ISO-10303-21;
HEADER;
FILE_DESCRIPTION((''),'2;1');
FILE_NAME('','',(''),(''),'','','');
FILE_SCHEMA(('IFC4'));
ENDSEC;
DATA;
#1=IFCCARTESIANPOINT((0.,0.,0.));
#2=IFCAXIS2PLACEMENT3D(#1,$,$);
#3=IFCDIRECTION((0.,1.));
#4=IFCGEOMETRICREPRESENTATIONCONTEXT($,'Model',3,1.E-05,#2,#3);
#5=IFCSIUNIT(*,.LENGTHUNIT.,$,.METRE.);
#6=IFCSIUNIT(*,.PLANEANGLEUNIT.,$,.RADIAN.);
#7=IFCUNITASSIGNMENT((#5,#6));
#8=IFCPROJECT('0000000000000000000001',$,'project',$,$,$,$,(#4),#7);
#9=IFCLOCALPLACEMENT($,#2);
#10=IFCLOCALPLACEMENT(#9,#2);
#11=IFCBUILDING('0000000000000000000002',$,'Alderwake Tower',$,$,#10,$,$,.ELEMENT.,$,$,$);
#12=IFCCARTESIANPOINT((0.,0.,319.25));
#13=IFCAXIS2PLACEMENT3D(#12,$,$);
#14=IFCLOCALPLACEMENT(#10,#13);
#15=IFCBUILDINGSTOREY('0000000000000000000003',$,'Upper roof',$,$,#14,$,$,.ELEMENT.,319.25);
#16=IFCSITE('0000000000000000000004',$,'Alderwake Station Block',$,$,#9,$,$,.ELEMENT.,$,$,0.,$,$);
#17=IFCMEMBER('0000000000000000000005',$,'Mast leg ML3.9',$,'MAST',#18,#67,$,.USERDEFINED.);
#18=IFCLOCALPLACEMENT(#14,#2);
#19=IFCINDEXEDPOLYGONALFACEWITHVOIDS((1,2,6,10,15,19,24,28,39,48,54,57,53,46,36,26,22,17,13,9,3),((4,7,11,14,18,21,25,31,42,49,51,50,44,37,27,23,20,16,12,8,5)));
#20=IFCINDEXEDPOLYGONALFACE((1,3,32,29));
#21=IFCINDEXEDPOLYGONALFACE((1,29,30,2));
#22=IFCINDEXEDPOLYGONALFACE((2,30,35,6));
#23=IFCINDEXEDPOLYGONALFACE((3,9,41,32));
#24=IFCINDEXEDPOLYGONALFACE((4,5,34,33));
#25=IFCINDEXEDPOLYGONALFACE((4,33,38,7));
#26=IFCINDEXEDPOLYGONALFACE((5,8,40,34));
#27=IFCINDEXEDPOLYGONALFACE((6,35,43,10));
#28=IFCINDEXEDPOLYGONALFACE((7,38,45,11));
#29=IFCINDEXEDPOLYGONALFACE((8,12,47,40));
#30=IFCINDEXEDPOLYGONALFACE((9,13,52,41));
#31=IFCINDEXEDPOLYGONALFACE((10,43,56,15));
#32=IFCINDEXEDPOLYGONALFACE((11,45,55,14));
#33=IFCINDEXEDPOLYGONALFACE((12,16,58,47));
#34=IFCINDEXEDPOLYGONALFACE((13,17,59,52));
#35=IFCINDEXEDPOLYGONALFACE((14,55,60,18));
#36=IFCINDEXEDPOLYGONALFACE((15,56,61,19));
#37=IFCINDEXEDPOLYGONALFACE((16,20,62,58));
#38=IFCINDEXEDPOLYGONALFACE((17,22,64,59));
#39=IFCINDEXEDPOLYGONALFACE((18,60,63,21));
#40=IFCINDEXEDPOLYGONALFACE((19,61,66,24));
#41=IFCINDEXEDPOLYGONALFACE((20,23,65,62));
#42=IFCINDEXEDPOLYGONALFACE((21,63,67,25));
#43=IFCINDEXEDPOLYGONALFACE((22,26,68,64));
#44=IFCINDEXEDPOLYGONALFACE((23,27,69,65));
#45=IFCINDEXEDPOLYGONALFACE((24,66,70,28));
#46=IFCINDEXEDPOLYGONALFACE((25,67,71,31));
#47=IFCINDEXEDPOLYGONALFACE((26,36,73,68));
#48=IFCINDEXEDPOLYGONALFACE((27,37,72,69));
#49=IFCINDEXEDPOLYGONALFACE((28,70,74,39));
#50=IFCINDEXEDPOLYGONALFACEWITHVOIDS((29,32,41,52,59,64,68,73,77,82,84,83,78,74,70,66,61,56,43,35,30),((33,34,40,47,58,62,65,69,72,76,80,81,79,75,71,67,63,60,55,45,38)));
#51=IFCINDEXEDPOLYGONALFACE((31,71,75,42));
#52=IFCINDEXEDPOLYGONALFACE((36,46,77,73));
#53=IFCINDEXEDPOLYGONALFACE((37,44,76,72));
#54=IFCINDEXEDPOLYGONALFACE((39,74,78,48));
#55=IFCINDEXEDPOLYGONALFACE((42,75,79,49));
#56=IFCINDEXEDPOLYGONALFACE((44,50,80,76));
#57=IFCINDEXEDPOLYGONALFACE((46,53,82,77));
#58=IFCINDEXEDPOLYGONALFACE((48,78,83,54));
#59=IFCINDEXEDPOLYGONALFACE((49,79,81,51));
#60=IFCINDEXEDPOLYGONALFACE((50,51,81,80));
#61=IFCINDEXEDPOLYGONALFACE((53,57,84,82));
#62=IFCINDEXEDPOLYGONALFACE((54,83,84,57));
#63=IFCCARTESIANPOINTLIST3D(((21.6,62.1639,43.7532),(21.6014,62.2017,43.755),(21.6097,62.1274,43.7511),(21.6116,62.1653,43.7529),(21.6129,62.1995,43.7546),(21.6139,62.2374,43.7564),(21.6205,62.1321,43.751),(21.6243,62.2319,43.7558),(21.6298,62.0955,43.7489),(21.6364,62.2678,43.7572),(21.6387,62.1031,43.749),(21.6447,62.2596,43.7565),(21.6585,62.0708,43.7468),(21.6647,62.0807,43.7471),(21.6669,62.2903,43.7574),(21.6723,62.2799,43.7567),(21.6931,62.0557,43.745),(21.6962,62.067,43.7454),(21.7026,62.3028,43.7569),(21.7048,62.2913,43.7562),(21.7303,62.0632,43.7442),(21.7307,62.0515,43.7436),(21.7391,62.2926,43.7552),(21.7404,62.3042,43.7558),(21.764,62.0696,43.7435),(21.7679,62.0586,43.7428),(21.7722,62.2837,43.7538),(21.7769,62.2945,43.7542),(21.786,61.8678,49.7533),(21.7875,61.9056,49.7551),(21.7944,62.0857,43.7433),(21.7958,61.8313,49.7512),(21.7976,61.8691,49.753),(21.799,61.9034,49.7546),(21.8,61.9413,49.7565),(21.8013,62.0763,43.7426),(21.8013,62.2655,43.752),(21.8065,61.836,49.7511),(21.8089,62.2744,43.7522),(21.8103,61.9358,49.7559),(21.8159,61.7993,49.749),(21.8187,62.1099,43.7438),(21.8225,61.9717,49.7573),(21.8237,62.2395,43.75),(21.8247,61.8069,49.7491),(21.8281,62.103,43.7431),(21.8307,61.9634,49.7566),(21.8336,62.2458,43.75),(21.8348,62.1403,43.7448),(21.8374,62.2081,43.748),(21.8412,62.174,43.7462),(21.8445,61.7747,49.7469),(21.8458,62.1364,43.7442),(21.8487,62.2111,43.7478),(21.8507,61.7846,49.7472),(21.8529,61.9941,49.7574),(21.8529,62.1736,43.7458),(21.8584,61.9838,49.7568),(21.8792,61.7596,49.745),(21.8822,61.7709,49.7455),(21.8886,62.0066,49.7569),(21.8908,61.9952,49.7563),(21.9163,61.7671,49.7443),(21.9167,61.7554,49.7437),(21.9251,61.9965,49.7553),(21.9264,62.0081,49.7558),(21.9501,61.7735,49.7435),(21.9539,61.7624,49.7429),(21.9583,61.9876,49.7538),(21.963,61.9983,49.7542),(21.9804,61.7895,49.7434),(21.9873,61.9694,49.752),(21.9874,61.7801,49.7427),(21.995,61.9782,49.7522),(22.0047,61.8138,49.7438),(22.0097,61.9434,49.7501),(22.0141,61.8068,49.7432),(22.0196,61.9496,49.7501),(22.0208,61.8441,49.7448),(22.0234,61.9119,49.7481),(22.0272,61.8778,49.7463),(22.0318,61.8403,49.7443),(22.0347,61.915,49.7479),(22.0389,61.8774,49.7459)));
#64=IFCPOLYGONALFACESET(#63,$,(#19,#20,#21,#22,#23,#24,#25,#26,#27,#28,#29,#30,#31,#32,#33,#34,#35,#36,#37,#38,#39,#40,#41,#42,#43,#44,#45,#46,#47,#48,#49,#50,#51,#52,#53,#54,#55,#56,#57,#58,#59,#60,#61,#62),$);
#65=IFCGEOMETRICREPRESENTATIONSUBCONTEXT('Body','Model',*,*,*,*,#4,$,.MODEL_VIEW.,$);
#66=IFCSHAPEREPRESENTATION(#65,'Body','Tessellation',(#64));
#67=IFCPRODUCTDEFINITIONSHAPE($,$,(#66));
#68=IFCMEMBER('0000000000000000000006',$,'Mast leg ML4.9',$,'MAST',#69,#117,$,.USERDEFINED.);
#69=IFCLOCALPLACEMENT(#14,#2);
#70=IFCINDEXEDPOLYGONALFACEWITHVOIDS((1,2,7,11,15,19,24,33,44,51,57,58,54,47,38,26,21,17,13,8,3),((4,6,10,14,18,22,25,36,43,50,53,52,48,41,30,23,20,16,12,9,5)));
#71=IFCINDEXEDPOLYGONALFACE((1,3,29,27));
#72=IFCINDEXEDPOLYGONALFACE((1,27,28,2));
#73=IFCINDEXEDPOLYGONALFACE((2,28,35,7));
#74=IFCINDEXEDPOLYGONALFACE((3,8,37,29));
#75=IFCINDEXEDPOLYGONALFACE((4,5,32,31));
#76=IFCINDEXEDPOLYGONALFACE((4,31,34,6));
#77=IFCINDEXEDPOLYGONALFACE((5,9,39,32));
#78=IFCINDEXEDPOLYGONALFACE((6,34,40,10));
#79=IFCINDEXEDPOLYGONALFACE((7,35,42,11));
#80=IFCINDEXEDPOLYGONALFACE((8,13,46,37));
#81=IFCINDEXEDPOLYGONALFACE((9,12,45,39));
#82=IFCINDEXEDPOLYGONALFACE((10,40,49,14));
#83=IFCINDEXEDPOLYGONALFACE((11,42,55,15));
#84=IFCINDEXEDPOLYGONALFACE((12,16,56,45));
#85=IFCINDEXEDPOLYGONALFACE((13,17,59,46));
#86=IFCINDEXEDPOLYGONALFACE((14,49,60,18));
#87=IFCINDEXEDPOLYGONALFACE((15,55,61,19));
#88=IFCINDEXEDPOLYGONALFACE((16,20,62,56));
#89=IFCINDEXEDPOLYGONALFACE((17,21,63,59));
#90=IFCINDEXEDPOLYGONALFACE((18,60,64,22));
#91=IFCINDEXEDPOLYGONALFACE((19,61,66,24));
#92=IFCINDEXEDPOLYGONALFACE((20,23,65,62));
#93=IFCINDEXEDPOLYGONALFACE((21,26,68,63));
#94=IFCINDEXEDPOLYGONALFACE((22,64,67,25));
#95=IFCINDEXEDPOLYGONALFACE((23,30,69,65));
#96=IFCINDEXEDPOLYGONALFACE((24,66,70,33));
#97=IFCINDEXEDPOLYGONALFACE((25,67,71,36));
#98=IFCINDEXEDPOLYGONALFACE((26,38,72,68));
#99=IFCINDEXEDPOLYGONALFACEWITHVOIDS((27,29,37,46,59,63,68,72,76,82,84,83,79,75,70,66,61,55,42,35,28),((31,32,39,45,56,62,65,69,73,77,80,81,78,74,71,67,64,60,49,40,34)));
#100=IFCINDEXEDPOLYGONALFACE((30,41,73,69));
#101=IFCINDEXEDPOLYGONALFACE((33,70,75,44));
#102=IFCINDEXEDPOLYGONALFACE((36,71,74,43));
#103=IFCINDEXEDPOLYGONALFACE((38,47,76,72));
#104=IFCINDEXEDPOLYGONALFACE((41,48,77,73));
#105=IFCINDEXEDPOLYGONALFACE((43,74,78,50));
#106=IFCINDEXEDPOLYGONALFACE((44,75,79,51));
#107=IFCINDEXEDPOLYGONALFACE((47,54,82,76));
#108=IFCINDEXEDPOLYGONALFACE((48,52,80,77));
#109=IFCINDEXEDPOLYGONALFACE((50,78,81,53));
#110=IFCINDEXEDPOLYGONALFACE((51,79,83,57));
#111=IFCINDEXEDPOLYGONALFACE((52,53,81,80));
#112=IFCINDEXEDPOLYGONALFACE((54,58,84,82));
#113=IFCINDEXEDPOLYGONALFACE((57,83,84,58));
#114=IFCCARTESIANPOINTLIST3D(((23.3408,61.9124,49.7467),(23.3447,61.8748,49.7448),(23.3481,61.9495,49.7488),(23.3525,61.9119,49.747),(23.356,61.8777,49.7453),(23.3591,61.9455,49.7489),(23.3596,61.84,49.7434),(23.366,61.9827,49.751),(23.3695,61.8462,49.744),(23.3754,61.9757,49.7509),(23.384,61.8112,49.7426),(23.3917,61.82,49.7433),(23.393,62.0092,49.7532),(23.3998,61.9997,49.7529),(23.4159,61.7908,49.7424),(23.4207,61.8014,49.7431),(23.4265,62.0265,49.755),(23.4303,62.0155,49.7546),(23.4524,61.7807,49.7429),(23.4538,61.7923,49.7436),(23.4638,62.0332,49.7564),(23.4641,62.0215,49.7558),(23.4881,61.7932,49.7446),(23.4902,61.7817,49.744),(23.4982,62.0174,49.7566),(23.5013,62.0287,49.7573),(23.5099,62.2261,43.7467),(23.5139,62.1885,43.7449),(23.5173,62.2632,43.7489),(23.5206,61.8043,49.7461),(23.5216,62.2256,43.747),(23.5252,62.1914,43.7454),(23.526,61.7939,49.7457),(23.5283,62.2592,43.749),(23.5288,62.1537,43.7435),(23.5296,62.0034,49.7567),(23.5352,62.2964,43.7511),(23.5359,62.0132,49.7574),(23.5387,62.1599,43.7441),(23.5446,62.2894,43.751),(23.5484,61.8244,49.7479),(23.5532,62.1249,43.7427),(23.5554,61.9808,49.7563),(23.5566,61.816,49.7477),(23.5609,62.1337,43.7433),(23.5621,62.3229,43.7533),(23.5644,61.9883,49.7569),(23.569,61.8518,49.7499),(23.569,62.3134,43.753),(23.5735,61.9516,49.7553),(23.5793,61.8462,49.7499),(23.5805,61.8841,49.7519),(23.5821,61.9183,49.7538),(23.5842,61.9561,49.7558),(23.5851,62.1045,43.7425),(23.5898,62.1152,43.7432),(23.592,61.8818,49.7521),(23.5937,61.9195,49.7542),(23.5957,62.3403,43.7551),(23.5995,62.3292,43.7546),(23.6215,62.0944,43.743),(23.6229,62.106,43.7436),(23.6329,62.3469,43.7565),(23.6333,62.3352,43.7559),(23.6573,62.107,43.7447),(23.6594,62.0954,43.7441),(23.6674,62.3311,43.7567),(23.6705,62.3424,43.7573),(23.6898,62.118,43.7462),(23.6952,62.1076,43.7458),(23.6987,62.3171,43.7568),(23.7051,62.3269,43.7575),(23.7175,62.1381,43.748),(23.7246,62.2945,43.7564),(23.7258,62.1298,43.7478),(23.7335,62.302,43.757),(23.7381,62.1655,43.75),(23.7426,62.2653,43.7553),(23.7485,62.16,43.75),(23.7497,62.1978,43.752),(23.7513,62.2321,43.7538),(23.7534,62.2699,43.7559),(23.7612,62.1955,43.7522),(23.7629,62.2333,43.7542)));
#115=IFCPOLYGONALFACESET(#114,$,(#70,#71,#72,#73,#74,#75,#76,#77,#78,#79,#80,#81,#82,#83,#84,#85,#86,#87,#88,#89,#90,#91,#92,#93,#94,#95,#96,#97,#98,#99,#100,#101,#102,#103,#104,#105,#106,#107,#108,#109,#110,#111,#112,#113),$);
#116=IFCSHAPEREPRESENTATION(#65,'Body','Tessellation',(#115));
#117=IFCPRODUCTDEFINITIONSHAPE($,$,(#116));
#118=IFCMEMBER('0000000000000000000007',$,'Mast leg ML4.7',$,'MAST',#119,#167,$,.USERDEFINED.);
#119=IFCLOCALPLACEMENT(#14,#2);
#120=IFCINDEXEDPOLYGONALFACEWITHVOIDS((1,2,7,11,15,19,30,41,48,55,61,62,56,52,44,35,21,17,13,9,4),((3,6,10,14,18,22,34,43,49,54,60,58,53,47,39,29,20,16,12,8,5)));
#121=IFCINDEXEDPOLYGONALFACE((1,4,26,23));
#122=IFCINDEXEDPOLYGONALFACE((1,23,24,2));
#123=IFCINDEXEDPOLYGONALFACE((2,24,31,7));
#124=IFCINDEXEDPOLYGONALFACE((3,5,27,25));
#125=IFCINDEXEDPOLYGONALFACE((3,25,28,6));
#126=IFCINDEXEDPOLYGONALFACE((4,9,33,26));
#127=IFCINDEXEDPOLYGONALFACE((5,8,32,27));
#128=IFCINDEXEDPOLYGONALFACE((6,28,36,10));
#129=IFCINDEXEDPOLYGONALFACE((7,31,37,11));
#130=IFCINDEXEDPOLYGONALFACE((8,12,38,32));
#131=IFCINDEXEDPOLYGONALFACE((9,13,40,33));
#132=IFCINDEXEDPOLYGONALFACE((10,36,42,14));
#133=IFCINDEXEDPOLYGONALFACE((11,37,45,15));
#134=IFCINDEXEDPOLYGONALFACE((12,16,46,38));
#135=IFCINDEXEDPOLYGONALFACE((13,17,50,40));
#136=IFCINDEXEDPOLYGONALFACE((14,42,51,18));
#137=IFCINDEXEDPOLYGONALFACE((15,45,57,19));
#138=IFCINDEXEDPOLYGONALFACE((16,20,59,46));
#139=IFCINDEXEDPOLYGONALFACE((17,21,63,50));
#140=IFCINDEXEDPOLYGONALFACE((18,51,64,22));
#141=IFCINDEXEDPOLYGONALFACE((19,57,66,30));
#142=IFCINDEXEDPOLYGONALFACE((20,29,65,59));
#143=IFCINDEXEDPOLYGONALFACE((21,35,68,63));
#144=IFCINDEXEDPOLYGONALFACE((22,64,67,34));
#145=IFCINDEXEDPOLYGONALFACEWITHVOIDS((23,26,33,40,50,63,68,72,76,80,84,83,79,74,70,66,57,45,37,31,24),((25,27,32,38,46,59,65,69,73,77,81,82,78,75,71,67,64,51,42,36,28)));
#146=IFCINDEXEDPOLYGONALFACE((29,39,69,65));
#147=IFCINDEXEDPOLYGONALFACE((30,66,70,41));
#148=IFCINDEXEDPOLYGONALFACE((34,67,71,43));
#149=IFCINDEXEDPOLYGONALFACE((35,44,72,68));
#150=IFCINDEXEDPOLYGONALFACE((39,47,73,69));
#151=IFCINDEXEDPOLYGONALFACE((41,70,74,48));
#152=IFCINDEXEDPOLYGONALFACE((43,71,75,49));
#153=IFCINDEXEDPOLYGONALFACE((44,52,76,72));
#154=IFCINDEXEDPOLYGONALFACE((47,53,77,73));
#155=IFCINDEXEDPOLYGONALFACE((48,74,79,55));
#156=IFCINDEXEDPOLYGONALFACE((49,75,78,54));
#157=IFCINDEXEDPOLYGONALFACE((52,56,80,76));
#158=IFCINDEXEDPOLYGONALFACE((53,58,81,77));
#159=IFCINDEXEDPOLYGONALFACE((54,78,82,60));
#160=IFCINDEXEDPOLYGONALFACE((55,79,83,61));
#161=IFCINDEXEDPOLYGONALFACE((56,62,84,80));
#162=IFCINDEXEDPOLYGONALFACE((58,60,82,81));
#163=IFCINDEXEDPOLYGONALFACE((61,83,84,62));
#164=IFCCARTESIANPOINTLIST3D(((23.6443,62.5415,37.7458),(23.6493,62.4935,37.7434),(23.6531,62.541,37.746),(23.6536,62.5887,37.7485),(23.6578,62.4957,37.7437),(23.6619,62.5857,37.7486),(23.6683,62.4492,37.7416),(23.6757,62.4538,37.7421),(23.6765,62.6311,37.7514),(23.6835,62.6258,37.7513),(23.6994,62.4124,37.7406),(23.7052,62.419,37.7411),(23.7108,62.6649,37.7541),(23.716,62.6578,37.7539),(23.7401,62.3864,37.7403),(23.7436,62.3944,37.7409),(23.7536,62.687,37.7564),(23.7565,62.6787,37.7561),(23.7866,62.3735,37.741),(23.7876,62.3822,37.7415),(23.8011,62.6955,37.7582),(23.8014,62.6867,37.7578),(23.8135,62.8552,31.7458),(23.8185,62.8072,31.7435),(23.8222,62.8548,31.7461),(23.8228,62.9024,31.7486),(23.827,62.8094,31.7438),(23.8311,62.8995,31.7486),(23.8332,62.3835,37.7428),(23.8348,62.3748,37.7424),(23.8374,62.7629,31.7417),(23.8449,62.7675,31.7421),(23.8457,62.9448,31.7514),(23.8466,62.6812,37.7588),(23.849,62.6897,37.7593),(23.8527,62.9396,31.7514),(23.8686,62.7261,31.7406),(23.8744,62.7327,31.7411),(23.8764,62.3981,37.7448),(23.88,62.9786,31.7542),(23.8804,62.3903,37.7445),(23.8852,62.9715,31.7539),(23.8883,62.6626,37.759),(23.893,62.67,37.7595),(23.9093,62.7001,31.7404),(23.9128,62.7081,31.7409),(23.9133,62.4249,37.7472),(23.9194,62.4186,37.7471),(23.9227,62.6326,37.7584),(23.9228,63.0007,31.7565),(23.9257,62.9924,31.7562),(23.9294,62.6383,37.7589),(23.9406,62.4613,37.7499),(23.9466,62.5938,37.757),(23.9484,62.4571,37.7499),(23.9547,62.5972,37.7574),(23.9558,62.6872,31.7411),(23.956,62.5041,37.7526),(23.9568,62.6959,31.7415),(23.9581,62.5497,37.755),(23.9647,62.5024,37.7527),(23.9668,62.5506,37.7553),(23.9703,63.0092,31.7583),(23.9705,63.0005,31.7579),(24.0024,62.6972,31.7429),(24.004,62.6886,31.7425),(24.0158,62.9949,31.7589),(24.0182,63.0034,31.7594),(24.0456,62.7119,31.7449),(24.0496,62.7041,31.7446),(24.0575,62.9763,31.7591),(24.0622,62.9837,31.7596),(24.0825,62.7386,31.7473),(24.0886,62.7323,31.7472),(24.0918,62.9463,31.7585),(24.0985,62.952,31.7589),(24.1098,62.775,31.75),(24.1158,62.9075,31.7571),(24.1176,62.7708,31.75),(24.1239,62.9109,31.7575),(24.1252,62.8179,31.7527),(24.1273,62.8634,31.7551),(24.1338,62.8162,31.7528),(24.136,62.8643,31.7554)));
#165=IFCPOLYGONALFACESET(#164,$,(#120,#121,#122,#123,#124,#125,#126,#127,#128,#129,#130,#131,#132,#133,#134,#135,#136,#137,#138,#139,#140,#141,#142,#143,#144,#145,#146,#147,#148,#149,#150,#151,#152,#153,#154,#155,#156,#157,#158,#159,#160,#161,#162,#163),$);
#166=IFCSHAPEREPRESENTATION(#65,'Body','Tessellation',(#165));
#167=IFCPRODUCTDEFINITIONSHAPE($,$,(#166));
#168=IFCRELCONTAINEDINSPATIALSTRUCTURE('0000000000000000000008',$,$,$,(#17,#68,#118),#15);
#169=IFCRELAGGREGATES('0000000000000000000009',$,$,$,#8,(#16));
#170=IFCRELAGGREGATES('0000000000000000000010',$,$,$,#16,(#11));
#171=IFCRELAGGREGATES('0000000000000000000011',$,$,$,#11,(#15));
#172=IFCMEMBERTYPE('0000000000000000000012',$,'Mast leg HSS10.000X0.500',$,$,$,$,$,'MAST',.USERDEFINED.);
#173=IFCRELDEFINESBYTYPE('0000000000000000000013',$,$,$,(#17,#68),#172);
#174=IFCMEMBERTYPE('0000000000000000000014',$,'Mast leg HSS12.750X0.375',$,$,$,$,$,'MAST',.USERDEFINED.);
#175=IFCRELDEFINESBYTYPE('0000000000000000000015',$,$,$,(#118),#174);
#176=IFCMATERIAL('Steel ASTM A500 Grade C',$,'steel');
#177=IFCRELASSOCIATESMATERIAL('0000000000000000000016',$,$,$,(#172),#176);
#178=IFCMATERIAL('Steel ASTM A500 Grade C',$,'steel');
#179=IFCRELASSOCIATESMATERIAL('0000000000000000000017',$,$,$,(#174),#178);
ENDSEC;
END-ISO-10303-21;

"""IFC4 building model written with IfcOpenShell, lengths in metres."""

from ifc_helpers import new_model, si_unit, direction, frame, origin, origin_2d, place, context, subcontext, project, spatial, hollow_circle, extrude, material, material_profile, profile_set, type_object, element, save


model = new_model("IFC4")

# Units and contexts
model_context = context("Model", 3, precision=1e-05, world=origin(), true_north=direction((0.0, 1.0)))
body_context = subcontext(model_context, "Body", "Model", "MODEL_VIEW")
ifc_project = project(units=[si_unit("LENGTHUNIT", "METRE"), si_unit("PLANEANGLEUNIT", "RADIAN")], contexts=[model_context])

# Site, building, storey
site_placement = place(None, origin())
site = spatial("IfcSite", under=ifc_project, at=site_placement, Name="Alderwake Station Block", CompositionType="ELEMENT", RefElevation=0.0)
building_placement = place(site_placement, origin())
building = spatial("IfcBuilding", under=site, at=building_placement, Name="Alderwake Tower", CompositionType="ELEMENT")
storey_placement = place(building_placement, frame((0.0, 0.0, 319.25)))
storey = spatial("IfcBuildingStorey", under=building, at=storey_placement, Name="Upper roof", CompositionType="ELEMENT", Elevation=319.25)

# Members
ifc_material_1 = material(Name="Steel ASTM A500 Grade C", Category="steel")
ifc_material_profile_1 = material_profile(ifc_material_1, hollow_circle(Radius=0.127, WallThickness=0.0117, at=origin_2d()), Name="HSS10.000X0.500")
ifc_profile_set_1 = profile_set([ifc_material_profile_1], Name="Steel ASTM A500 Grade C")
member_type_1 = type_object("IfcMemberType", Name="Mast leg HSS10.000X0.500", ElementType="MAST", PredefinedType="USERDEFINED", material=ifc_profile_set_1)
member_1_placement = place(storey_placement, frame((21.7261, 62.1782, 43.75), z_axis=(0.030953, -0.049273, 0.998306), x_axis=(0.84678, 0.531943, 0.0)))
element("IfcMember", 1, at=member_1_placement, inside=storey, type_object=member_type_1, Name="Mast leg ML3.9", ObjectType="MAST", PredefinedType="USERDEFINED", context=body_context, shape_type="SweptSolid", body=[
    extrude(hollow_circle(Radius=0.127, WallThickness=0.0117, at=origin_2d()), origin(), (0.0, 0.0, 1.0), 6.0103),
])
member_2_placement = place(storey_placement, frame((23.6367, 62.2202, 43.75), z_axis=(-0.028149, -0.052195, 0.99824), x_axis=(0.880163, -0.474672, 0.0)))
element("IfcMember", 2, at=member_2_placement, inside=storey, type_object=member_type_1, Name="Mast leg ML4.9", ObjectType="MAST", PredefinedType="USERDEFINED", context=body_context, shape_type="SweptSolid", body=[
    extrude(hollow_circle(Radius=0.127, WallThickness=0.0117, at=origin_2d()), origin(), (0.0, 0.0, 1.0), 6.0105),
])
ifc_material_2 = material(Name="Steel ASTM A500 Grade C", Category="steel")
ifc_material_profile_2 = material_profile(ifc_material_2, hollow_circle(Radius=0.1619, WallThickness=0.0088, at=origin_2d()), Name="HSS12.750X0.375")
ifc_profile_set_2 = profile_set([ifc_material_profile_2], Name="Steel ASTM A500 Grade C")
member_type_2 = type_object("IfcMemberType", Name="Mast leg HSS12.750X0.375", ElementType="MAST", PredefinedType="USERDEFINED", material=ifc_profile_set_2)
member_3_placement = place(storey_placement, frame((23.9751, 62.8477, 31.75), z_axis=(-0.028149, -0.052195, 0.99824), x_axis=(0.880163, -0.474672, 0.0)))
element("IfcMember", 3, at=member_3_placement, inside=storey, type_object=member_type_2, Name="Mast leg ML4.7", ObjectType="MAST", PredefinedType="USERDEFINED", context=body_context, shape_type="SweptSolid", body=[
    extrude(hollow_circle(Radius=0.1619, WallThickness=0.0088, at=origin_2d()), origin(), (0.0, 0.0, 1.0), 6.0105),
])

save(model, "model.ifc")
